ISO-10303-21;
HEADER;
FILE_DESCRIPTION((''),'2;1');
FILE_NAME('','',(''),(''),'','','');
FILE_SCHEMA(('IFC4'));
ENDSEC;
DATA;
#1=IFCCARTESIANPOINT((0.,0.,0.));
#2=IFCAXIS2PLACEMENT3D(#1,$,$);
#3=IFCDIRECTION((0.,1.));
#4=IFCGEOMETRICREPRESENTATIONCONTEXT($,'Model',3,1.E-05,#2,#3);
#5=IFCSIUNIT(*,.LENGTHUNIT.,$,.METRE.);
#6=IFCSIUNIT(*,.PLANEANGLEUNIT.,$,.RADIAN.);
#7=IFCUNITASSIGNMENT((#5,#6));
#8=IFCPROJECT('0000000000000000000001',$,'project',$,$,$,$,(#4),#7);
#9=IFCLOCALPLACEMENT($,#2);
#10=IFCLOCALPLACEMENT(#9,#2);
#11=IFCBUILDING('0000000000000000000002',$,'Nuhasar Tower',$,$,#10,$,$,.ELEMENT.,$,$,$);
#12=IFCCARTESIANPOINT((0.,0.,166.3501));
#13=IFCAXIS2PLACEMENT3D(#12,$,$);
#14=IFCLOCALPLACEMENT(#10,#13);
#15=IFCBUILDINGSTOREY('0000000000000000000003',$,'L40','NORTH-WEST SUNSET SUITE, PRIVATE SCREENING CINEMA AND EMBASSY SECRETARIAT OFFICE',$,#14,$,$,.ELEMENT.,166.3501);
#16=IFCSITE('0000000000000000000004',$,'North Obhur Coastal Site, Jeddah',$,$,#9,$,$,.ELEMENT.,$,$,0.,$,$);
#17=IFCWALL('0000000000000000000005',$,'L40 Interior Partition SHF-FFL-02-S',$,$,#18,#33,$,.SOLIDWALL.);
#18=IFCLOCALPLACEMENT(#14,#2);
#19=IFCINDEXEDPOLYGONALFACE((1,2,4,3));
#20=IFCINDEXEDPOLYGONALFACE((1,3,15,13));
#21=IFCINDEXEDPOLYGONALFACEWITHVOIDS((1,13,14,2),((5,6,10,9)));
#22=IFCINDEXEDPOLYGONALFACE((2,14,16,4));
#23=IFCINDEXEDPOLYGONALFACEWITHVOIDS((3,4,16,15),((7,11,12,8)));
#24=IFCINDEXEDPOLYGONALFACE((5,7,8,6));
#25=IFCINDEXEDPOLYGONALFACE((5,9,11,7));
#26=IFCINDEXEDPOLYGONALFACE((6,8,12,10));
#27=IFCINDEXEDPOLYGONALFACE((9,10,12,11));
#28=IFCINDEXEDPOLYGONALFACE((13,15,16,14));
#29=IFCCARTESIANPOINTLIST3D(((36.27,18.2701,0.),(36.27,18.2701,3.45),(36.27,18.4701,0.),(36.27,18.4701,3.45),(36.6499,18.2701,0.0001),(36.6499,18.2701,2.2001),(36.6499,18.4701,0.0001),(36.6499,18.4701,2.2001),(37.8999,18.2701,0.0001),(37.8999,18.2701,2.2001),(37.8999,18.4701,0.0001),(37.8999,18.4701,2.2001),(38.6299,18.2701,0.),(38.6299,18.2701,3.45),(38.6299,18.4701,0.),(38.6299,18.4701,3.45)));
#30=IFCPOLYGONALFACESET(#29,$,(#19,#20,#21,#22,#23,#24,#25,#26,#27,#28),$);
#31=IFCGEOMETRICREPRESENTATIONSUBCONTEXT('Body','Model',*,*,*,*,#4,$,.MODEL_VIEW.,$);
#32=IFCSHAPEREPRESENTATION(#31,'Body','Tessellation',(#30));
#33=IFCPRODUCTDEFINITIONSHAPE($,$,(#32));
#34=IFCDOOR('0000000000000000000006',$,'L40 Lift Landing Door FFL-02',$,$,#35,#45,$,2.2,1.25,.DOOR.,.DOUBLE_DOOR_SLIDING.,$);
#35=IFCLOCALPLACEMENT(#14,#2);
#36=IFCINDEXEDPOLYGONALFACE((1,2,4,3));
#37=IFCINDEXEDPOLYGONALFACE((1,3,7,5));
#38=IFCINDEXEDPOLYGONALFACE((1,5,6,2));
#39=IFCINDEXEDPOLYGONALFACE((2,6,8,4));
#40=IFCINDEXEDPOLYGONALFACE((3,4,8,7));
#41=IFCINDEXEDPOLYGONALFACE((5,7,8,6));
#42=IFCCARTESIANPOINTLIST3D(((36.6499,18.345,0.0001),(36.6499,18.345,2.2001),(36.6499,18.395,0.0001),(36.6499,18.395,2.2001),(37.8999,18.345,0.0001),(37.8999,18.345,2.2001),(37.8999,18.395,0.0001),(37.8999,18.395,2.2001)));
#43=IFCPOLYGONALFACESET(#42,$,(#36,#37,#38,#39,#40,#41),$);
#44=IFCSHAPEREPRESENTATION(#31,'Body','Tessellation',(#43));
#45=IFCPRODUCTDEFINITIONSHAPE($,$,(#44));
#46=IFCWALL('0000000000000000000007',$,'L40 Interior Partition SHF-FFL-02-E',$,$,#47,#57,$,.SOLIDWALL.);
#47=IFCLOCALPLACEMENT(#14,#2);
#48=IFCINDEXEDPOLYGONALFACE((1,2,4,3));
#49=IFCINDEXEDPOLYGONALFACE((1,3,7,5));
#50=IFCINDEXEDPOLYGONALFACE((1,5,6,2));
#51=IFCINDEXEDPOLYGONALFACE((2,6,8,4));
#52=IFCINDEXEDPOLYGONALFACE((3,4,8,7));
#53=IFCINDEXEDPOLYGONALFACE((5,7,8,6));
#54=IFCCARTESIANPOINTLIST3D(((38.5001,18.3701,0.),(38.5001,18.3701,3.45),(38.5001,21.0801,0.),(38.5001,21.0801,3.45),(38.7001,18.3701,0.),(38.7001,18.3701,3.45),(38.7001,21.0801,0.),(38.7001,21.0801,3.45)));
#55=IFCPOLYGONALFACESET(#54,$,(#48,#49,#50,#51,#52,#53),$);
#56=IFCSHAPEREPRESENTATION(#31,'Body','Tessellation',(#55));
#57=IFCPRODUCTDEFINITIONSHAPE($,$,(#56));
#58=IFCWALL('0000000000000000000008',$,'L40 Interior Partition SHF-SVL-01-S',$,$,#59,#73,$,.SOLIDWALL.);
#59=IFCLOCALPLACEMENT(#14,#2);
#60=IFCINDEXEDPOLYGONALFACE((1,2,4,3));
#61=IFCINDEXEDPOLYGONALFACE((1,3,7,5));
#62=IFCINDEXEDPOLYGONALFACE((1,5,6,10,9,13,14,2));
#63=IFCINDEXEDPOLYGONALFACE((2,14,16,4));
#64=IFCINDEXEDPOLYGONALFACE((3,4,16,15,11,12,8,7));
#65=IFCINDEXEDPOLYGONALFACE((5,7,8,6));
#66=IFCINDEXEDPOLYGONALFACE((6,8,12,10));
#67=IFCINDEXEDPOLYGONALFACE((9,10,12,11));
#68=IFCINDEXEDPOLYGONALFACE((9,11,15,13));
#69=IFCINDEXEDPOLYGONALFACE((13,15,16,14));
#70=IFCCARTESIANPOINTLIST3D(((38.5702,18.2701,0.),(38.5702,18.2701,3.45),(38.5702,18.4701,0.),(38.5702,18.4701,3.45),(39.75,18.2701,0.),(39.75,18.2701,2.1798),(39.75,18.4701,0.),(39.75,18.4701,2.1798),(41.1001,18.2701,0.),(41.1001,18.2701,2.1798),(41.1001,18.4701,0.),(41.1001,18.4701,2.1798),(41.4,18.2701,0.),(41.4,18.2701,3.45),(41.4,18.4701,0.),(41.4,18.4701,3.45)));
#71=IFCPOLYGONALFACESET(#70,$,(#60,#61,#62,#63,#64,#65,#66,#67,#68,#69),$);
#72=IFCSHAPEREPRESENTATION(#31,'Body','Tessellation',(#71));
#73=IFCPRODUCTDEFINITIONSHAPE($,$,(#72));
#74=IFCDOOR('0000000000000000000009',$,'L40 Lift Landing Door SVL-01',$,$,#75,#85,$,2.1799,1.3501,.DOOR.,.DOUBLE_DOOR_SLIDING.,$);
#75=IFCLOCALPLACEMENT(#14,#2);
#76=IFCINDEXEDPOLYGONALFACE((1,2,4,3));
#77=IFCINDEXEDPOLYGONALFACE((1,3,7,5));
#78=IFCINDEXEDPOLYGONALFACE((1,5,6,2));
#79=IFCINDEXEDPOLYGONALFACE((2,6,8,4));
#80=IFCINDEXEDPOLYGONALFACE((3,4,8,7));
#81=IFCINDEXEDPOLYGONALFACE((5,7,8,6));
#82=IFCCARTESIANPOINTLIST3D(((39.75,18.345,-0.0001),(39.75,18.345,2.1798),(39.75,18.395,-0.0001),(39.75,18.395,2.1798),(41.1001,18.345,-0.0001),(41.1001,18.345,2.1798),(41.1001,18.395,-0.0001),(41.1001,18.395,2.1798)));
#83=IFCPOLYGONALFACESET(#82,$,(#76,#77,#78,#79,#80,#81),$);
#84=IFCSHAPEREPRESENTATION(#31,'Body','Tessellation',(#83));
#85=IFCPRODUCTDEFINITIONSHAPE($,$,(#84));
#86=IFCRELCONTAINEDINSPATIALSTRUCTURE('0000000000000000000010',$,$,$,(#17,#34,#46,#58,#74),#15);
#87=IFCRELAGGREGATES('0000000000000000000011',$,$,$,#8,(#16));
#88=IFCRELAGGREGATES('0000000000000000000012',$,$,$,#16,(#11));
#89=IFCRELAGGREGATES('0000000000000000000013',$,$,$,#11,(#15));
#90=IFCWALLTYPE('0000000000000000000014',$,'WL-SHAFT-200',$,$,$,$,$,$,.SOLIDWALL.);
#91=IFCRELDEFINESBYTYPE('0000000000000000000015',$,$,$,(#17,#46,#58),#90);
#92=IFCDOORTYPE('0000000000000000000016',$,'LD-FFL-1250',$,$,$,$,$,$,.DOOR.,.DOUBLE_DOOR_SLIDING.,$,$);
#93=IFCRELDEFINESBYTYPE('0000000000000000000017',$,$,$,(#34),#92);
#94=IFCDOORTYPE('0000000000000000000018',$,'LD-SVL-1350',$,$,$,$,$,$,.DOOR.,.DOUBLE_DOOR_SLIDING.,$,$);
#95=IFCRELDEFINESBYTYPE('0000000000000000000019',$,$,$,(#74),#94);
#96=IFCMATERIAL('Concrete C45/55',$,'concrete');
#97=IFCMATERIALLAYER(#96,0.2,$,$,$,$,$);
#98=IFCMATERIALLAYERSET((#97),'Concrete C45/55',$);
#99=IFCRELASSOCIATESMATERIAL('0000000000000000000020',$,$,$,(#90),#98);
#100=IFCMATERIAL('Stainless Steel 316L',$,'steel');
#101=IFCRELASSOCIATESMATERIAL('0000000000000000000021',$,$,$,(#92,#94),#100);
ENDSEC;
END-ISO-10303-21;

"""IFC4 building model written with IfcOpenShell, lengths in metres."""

from ifc_helpers import new_model, si_unit, direction, frame, frame_2d, origin, place, context, subcontext, project, spatial, rectangle, extrude, material, layer, layer_set, type_object, element, fill, save


model = new_model("IFC4")

# Units and contexts
model_context = context("Model", 3, precision=1e-05, world=origin(), true_north=direction((0.0, 1.0)))
body_context = subcontext(model_context, "Body", "Model", "MODEL_VIEW")
ifc_project = project(units=[si_unit("LENGTHUNIT", "METRE"), si_unit("PLANEANGLEUNIT", "RADIAN")], contexts=[model_context])

# Site, building, storey
site_placement = place(None, origin())
site = spatial("IfcSite", under=ifc_project, at=site_placement, Name="North Obhur Coastal Site, Jeddah", CompositionType="ELEMENT", RefElevation=0.0)
building_placement = place(site_placement, origin())
building = spatial("IfcBuilding", under=site, at=building_placement, Name="Nuhasar Tower", CompositionType="ELEMENT")
storey_placement = place(building_placement, frame((0.0, 0.0, 166.3501)))
storey = spatial("IfcBuildingStorey", under=building, at=storey_placement, Name="L40", Description="NORTH-WEST SUNSET SUITE, PRIVATE SCREENING CINEMA AND EMBASSY SECRETARIAT OFFICE", CompositionType="ELEMENT", Elevation=166.3501)

# Shared definitions
ifc_material_1 = material(Name="Concrete C45/55", Category="concrete")

# Shared definitions
ifc_layer_1 = layer(ifc_material_1, 0.2)
ifc_layer_set_1 = layer_set([ifc_layer_1], Name="Concrete C45/55")
wall_type_1 = type_object("IfcWallType", Name="WL-SHAFT-200", PredefinedType="SOLIDWALL", material=ifc_layer_set_1)

# Shared definitions
ifc_material_2 = material(Name="Stainless Steel 316L", Category="steel")
door_type_1 = type_object("IfcDoorType", Name="LD-FFL-1250", OperationType="DOUBLE_DOOR_SLIDING", PredefinedType="DOOR", material=ifc_material_2)

# Wall, opening, door
wall_1_placement = place(storey_placement, frame((36.27, 18.3701, 0.0), z_axis=(0.0, 0.0, 1.0), x_axis=(1.0, 0.0, 0.0)))
wall_1 = element("IfcWall", 1, at=wall_1_placement, inside=storey, type_object=wall_type_1, Name="L40 Interior Partition SHF-FFL-02-S", PredefinedType="SOLIDWALL", context=body_context, shape_type="SweptSolid", body=[
    extrude(rectangle(XDim=2.3599, YDim=0.2, at=frame_2d((1.1799, 0.0))), origin(), (0.0, 0.0, 1.0), 3.45),
])
opening_1_placement = place(wall_1_placement, frame((0.3799, 0.0, 0.0)))
opening_1 = element("IfcOpeningElement", 2, at=opening_1_placement, cuts=wall_1, PredefinedType="OPENING", context=body_context, shape_type="SweptSolid", body=[
    extrude(rectangle(XDim=1.25, YDim=2.2, at=frame_2d((0.625, 1.1001))), frame((0.0, 0.1099, 0.0), z_axis=(0.0, -1.0, 0.0), x_axis=(1.0, 0.0, 0.0)), (0.0, 0.0, 1.0), 0.22),
])
door_1_placement = place(opening_1_placement, origin())
door_1 = element("IfcDoor", 3, at=door_1_placement, inside=storey, type_object=door_type_1, Name="L40 Lift Landing Door FFL-02", OperationType="DOUBLE_DOOR_SLIDING", OverallHeight=2.2, OverallWidth=1.25, PredefinedType="DOOR", context=body_context, shape_type="SweptSolid", body=[
    extrude(rectangle(XDim=1.25, YDim=2.2, at=frame_2d((0.625, 1.1001))), frame((0.0, 0.0249, 0.0), z_axis=(0.0, -1.0, 0.0), x_axis=(1.0, 0.0, 0.0)), (0.0, 0.0, 1.0), 0.05),
])
fill(opening_1, door_1)

# Wall
wall_2_placement = place(storey_placement, frame((38.6001, 18.3701, 0.0), z_axis=(0.0, 0.0, 1.0), x_axis=(0.0, 1.0, 0.0)))
element("IfcWall", 4, at=wall_2_placement, inside=storey, type_object=wall_type_1, Name="L40 Interior Partition SHF-FFL-02-E", PredefinedType="SOLIDWALL", context=body_context, shape_type="SweptSolid", body=[
    extrude(rectangle(XDim=2.71, YDim=0.2, at=frame_2d((1.355, 0.0))), origin(), (0.0, 0.0, 1.0), 3.45),
])

# Wall, opening, door
wall_3_placement = place(storey_placement, frame((38.5701, 18.3701, 0.0), z_axis=(0.0, 0.0, 1.0), x_axis=(1.0, 0.0, 0.0)))
wall_3 = element("IfcWall", 5, at=wall_3_placement, inside=storey, type_object=wall_type_1, Name="L40 Interior Partition SHF-SVL-01-S", PredefinedType="SOLIDWALL", context=body_context, shape_type="SweptSolid", body=[
    extrude(rectangle(XDim=2.8298, YDim=0.2, at=frame_2d((1.415, 0.0))), origin(), (0.0, 0.0, 1.0), 3.45),
])
opening_2_placement = place(wall_3_placement, frame((1.1799, 0.0, 0.0)))
opening_2 = element("IfcOpeningElement", 6, at=opening_2_placement, cuts=wall_3, PredefinedType="OPENING", context=body_context, shape_type="SweptSolid", body=[
    extrude(rectangle(XDim=1.3501, YDim=2.1799, at=frame_2d((0.675, 1.0898))), frame((0.0, 0.1099, 0.0), z_axis=(0.0, -1.0, 0.0), x_axis=(1.0, 0.0, 0.0)), (0.0, 0.0, 1.0), 0.22),
])
door_type_2 = type_object("IfcDoorType", Name="LD-SVL-1350", OperationType="DOUBLE_DOOR_SLIDING", PredefinedType="DOOR", material=ifc_material_2)
door_2_placement = place(opening_2_placement, origin())
door_2 = element("IfcDoor", 7, at=door_2_placement, inside=storey, type_object=door_type_2, Name="L40 Lift Landing Door SVL-01", OperationType="DOUBLE_DOOR_SLIDING", OverallHeight=2.1799, OverallWidth=1.3501, PredefinedType="DOOR", context=body_context, shape_type="SweptSolid", body=[
    extrude(rectangle(XDim=1.3501, YDim=2.1799, at=frame_2d((0.675, 1.0898))), frame((0.0, 0.0249, 0.0), z_axis=(0.0, -1.0, 0.0), x_axis=(1.0, 0.0, 0.0)), (0.0, 0.0, 1.0), 0.05),
])
fill(opening_2, door_2)

save(model, "model.ifc")
